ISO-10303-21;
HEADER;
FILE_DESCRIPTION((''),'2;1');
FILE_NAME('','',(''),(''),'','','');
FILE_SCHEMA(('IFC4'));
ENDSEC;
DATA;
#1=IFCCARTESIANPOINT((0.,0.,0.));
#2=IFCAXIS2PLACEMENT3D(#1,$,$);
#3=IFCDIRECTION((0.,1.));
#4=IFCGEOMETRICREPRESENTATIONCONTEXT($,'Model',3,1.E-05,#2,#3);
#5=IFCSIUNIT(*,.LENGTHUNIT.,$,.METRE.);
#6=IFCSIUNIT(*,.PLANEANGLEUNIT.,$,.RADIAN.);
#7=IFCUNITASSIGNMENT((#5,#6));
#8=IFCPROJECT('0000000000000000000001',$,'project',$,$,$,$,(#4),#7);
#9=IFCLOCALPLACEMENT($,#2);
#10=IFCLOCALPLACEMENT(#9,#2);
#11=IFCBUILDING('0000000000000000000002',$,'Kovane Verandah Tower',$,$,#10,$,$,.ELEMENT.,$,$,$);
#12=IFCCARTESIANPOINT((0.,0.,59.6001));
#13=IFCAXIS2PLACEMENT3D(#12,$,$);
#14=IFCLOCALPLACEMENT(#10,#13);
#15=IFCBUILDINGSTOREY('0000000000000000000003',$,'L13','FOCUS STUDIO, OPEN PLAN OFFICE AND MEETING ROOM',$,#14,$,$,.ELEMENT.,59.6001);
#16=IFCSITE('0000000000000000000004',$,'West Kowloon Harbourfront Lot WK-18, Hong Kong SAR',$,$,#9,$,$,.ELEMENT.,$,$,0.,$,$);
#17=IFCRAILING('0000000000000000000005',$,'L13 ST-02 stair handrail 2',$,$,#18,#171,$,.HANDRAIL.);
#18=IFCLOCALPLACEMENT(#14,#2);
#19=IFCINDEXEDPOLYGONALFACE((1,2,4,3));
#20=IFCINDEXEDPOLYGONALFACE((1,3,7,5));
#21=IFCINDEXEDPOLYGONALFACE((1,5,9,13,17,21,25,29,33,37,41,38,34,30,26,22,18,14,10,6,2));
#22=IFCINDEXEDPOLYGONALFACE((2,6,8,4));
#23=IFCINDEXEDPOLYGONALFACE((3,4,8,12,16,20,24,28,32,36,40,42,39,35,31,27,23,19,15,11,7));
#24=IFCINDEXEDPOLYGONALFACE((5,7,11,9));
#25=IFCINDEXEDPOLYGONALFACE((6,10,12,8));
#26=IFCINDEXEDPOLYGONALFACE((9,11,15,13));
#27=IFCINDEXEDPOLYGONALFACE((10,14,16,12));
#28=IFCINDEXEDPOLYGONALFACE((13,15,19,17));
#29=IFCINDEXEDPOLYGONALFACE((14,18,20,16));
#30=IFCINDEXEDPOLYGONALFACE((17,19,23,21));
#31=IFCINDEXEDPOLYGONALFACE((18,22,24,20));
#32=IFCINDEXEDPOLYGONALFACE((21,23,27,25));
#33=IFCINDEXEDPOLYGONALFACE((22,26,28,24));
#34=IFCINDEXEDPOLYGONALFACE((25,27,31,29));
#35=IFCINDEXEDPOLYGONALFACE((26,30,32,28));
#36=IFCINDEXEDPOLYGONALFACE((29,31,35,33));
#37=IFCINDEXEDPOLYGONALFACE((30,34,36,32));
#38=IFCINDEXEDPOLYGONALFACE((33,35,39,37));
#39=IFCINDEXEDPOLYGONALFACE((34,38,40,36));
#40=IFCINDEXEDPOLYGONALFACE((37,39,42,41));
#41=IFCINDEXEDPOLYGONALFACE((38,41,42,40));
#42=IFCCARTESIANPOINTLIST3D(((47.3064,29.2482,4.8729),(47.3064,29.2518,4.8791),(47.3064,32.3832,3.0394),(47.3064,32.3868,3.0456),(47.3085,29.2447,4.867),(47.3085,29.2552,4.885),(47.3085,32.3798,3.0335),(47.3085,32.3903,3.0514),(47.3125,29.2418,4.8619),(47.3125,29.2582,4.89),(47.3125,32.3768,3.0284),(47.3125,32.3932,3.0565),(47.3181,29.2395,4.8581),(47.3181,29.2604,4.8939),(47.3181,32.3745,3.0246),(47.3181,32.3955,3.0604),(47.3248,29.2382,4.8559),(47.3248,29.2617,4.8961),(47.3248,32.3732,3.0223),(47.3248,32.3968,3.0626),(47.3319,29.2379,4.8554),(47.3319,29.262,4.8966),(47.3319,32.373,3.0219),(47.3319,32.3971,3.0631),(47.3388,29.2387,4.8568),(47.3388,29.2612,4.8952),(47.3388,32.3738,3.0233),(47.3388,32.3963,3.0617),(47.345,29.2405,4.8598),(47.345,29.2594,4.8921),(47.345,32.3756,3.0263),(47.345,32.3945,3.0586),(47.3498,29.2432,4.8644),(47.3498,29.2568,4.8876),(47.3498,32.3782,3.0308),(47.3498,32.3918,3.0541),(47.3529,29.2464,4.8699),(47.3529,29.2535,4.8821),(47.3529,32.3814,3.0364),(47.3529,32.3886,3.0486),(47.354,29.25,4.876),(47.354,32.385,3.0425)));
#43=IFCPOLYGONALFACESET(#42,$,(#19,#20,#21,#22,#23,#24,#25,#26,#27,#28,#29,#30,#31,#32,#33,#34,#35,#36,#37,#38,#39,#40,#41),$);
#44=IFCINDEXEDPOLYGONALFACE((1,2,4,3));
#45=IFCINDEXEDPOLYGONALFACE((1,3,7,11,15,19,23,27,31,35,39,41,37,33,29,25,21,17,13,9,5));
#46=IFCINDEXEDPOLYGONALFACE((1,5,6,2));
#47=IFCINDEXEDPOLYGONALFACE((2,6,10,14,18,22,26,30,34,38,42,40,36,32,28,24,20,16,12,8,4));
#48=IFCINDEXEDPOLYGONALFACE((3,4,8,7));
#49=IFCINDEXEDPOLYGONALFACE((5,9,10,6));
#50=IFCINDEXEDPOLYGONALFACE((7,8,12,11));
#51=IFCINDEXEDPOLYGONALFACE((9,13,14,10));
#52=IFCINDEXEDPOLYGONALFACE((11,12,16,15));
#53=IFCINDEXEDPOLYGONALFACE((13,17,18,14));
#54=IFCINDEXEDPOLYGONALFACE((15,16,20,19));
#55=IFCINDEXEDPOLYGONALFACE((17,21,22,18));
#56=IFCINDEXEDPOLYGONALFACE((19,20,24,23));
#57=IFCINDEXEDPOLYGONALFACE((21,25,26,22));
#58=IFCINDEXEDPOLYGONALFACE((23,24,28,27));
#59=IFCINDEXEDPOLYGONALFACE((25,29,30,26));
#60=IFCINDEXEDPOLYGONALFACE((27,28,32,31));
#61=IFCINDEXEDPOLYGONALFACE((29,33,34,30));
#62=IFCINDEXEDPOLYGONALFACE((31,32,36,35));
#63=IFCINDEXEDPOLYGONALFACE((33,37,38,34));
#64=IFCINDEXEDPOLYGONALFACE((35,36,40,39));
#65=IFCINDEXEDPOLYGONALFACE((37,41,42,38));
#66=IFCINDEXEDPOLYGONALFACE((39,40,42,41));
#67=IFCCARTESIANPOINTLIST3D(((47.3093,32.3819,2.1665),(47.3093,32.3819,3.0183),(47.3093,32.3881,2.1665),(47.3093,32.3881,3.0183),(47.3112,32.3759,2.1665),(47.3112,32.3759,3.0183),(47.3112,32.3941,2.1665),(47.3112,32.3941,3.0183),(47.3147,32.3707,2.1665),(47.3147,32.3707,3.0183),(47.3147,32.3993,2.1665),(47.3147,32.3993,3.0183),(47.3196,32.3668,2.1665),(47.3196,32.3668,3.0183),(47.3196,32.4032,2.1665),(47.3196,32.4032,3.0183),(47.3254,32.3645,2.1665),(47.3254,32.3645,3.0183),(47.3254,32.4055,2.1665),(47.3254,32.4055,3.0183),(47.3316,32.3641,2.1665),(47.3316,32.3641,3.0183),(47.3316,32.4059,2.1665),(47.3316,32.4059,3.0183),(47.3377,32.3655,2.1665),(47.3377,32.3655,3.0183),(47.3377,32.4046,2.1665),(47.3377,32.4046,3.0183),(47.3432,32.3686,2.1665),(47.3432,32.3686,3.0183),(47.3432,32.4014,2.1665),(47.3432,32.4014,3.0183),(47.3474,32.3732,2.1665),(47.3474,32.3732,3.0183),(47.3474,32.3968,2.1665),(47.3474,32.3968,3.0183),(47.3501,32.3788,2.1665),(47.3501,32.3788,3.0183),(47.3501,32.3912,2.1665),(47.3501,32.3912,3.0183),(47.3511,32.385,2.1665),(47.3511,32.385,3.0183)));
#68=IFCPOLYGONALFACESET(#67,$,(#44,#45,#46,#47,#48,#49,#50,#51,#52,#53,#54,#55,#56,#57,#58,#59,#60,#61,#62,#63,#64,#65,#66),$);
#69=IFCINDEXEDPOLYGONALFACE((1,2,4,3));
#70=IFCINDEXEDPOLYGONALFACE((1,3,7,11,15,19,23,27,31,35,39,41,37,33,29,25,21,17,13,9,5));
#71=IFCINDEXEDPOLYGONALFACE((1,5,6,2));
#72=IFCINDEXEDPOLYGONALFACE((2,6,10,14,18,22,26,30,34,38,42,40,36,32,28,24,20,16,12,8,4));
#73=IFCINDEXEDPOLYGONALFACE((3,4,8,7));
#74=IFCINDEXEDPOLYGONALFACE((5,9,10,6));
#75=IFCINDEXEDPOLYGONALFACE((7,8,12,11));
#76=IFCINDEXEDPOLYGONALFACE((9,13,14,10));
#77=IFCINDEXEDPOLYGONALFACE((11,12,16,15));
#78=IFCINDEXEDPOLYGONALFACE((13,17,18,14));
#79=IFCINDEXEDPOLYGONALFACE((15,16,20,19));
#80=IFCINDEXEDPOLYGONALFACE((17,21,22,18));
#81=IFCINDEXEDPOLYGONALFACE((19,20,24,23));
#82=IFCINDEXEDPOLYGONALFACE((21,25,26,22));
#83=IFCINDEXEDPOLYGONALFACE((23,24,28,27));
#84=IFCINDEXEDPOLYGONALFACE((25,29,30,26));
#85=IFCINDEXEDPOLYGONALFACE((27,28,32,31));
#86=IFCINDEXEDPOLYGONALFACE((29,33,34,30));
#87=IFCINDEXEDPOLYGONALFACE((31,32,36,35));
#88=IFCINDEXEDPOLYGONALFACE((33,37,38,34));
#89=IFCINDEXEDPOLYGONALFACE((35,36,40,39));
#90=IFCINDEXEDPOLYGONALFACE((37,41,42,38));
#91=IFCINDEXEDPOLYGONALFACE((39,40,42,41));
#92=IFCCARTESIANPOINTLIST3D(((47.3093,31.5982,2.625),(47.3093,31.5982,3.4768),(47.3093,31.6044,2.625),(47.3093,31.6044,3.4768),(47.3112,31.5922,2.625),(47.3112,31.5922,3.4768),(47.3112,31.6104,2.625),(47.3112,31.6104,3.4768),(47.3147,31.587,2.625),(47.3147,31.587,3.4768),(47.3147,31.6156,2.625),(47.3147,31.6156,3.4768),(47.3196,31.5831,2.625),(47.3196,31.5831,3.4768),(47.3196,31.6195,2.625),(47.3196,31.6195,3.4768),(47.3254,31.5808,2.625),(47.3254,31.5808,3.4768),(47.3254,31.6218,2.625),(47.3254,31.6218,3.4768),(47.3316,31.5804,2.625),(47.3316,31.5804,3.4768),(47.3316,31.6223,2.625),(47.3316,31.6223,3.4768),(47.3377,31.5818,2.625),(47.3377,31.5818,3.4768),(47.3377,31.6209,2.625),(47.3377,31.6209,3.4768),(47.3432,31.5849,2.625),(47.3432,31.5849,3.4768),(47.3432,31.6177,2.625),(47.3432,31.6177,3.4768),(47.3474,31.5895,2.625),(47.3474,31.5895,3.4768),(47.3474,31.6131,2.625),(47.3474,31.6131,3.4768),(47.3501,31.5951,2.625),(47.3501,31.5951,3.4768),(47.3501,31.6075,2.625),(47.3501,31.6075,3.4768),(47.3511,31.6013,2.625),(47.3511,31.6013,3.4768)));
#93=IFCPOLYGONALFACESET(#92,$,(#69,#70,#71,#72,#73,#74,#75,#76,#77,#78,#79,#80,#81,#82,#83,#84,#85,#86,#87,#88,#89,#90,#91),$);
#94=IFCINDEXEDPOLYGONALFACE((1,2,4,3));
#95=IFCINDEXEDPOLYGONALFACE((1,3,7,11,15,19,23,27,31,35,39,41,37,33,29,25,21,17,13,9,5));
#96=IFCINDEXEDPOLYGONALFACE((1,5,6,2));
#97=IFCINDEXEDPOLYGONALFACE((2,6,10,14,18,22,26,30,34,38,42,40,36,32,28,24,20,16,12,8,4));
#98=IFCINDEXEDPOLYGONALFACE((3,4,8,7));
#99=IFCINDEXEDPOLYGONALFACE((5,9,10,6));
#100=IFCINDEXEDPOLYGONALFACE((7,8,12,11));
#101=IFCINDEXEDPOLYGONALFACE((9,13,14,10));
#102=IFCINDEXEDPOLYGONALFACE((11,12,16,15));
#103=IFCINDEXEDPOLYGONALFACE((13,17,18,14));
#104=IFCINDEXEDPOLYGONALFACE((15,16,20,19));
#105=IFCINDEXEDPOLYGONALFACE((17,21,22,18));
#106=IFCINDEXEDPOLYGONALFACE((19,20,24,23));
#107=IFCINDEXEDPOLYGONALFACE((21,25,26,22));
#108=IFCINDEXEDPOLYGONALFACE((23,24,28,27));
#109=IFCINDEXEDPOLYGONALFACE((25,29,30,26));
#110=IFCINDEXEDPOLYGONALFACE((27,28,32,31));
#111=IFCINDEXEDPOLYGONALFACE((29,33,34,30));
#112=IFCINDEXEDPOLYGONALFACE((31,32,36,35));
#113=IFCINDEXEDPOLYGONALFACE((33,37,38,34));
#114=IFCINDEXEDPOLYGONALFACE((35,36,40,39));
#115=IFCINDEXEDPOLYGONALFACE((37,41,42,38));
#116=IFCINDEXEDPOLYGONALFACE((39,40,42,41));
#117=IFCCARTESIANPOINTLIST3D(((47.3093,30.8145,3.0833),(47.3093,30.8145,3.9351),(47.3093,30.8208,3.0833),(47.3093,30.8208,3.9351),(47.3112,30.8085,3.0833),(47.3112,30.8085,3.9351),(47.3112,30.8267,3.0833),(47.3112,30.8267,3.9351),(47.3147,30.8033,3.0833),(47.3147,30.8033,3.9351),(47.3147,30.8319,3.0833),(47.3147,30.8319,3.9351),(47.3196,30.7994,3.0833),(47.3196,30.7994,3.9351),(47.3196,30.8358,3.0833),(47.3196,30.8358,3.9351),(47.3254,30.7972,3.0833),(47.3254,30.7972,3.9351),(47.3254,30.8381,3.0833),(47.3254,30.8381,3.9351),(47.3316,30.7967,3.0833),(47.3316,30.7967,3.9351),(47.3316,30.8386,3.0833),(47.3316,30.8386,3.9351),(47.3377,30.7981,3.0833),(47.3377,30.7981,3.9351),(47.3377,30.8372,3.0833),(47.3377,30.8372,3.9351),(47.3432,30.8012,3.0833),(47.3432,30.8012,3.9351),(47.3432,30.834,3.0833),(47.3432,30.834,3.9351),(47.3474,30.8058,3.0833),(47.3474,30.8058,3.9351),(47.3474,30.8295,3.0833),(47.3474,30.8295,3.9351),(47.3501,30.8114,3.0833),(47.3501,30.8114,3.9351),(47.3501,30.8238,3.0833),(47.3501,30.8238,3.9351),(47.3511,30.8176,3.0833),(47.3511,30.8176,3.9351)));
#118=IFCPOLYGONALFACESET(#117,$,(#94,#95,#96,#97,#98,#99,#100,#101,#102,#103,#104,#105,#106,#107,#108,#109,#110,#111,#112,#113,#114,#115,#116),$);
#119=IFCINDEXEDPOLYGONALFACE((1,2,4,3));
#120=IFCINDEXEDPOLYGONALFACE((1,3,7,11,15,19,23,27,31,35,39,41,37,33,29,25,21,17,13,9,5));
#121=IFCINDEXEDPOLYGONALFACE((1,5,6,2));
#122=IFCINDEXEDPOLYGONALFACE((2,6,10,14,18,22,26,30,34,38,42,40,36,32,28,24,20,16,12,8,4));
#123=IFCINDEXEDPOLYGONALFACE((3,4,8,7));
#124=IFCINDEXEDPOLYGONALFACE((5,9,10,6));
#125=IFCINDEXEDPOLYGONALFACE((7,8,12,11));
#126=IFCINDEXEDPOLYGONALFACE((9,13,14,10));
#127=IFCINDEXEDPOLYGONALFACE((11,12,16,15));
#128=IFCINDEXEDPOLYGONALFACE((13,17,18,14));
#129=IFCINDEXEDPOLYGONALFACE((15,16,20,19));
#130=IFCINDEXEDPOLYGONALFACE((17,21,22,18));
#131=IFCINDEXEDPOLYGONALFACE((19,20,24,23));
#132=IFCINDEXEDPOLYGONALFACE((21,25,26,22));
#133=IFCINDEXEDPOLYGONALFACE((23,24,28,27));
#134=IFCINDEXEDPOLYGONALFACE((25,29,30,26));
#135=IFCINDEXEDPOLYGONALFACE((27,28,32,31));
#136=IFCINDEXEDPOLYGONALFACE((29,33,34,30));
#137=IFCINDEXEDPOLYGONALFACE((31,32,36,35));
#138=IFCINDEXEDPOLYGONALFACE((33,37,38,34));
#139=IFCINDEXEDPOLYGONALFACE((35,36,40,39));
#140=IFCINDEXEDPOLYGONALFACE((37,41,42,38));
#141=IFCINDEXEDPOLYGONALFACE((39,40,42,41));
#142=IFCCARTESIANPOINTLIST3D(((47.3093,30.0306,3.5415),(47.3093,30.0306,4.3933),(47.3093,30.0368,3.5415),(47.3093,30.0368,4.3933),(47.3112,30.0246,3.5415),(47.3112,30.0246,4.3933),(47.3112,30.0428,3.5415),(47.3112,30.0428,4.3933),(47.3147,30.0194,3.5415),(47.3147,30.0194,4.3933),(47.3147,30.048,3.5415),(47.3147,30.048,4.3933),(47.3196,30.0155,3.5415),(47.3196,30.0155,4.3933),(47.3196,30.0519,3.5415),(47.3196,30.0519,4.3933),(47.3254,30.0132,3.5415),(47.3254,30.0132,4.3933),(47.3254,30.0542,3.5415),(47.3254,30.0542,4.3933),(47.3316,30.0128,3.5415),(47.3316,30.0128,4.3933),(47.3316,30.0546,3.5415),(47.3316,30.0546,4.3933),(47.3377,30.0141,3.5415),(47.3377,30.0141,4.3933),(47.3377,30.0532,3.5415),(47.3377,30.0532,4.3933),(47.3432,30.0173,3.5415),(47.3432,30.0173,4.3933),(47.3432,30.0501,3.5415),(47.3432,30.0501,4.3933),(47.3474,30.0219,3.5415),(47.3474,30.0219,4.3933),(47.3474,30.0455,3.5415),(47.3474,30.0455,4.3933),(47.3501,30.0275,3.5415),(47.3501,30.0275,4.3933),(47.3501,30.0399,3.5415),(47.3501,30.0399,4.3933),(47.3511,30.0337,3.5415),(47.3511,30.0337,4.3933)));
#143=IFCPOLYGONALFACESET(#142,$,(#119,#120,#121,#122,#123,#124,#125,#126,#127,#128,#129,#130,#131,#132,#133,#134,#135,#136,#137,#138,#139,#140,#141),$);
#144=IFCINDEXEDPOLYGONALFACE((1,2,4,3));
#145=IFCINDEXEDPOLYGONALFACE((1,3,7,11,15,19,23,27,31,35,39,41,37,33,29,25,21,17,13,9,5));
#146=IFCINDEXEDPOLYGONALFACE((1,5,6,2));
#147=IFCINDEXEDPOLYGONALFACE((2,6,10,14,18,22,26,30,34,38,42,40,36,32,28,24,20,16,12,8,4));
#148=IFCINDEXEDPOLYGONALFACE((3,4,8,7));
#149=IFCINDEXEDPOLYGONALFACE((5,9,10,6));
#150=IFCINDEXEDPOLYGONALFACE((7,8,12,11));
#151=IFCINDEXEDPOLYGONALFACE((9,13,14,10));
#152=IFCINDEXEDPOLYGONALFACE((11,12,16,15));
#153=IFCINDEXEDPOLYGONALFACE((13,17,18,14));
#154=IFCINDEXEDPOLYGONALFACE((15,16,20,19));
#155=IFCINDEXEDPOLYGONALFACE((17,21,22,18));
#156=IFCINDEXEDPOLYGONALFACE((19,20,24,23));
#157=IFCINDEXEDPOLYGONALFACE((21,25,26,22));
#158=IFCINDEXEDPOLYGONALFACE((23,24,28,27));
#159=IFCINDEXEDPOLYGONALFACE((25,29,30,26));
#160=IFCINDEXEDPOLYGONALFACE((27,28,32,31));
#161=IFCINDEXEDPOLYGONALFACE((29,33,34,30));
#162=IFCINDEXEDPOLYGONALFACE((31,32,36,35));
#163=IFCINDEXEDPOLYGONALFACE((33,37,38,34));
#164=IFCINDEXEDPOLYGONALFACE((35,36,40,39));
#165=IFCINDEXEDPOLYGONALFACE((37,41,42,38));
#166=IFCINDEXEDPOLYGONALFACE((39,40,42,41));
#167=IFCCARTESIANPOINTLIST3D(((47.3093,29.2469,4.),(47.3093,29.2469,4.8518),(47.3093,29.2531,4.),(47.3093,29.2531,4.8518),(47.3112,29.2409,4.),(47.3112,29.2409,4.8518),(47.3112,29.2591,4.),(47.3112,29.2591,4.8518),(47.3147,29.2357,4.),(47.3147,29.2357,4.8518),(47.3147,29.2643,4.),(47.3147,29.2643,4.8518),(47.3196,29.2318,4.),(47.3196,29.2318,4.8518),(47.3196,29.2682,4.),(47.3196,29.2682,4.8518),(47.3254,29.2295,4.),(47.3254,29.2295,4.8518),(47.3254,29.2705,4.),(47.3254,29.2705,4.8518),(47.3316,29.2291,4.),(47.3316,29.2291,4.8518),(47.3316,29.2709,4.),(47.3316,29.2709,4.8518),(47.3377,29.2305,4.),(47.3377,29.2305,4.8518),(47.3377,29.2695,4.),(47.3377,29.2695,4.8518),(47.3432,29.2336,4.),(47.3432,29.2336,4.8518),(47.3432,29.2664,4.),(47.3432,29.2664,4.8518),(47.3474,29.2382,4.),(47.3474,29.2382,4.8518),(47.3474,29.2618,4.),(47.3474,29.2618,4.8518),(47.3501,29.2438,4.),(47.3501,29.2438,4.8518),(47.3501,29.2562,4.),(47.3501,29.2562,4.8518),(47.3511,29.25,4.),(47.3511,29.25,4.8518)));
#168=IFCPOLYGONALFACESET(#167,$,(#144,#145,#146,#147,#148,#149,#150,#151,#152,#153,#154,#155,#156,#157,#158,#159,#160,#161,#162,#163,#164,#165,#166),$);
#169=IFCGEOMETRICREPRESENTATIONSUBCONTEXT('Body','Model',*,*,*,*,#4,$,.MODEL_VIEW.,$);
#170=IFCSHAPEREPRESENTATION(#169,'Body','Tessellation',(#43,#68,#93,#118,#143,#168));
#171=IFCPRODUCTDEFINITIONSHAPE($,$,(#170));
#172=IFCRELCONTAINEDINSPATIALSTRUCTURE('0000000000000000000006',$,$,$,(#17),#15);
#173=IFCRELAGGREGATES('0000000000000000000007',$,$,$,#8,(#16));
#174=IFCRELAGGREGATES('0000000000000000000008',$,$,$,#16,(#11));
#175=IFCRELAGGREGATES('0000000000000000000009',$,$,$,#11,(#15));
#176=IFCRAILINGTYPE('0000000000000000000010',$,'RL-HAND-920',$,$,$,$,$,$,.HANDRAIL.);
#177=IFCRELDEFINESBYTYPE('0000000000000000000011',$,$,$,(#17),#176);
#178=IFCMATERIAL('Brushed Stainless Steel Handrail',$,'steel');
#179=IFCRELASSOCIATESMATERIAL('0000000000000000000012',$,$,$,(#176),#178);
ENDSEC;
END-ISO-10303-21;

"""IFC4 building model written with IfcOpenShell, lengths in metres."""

from ifc_helpers import new_model, si_unit, direction, frame, origin, origin_2d, place, context, subcontext, project, spatial, circle, extrude, material, type_object, element, save


model = new_model("IFC4")

# Units and contexts
model_context = context("Model", 3, precision=1e-05, world=origin(), true_north=direction((0.0, 1.0)))
body_context = subcontext(model_context, "Body", "Model", "MODEL_VIEW")
ifc_project = project(units=[si_unit("LENGTHUNIT", "METRE"), si_unit("PLANEANGLEUNIT", "RADIAN")], contexts=[model_context])

# Site, building, storey
site_placement = place(None, origin())
site = spatial("IfcSite", under=ifc_project, at=site_placement, Name="West Kowloon Harbourfront Lot WK-18, Hong Kong SAR", CompositionType="ELEMENT", RefElevation=0.0)
building_placement = place(site_placement, origin())
building = spatial("IfcBuilding", under=site, at=building_placement, Name="Kovane Verandah Tower", CompositionType="ELEMENT")
storey_placement = place(building_placement, frame((0.0, 0.0, 59.6001)))
storey = spatial("IfcBuildingStorey", under=building, at=storey_placement, Name="L13", Description="FOCUS STUDIO, OPEN PLAN OFFICE AND MEETING ROOM", CompositionType="ELEMENT", Elevation=59.6001)

# Railing
ifc_material_1 = material(Name="Brushed Stainless Steel Handrail", Category="steel")
railing_type_1 = type_object("IfcRailingType", Name="RL-HAND-920", PredefinedType="HANDRAIL", material=ifc_material_1)
railing_1_placement = place(storey_placement, frame((47.3301, 32.385, 2.1665)))
element("IfcRailing", 1, at=railing_1_placement, inside=storey, type_object=railing_type_1, Name="L13 ST-02 stair handrail 2", PredefinedType="HANDRAIL", context=body_context, shape_type="SweptSolid", body=[
    extrude(circle(Radius=0.0239, at=origin_2d()), frame((0.0, 0.0, 0.876), z_axis=(0.0, -0.86321, 0.504845), x_axis=(1.0, 0.0, 0.0)), (0.0, 0.0, 1.0), 3.6318),
    extrude(circle(Radius=0.021, at=origin_2d()), origin(), (0.0, 0.0, 1.0), 0.8518),
    extrude(circle(Radius=0.021, at=origin_2d()), frame((0.0, -0.7837, 0.4585)), (0.0, 0.0, 1.0), 0.8518),
    extrude(circle(Radius=0.021, at=origin_2d()), frame((0.0, -1.5674, 0.9167)), (0.0, 0.0, 1.0), 0.8518),
    extrude(circle(Radius=0.021, at=origin_2d()), frame((0.0, -2.3513, 1.375)), (0.0, 0.0, 1.0), 0.8518),
    extrude(circle(Radius=0.021, at=origin_2d()), frame((0.0, -3.135, 1.8335)), (0.0, 0.0, 1.0), 0.8518),
])

save(model, "model.ifc")
